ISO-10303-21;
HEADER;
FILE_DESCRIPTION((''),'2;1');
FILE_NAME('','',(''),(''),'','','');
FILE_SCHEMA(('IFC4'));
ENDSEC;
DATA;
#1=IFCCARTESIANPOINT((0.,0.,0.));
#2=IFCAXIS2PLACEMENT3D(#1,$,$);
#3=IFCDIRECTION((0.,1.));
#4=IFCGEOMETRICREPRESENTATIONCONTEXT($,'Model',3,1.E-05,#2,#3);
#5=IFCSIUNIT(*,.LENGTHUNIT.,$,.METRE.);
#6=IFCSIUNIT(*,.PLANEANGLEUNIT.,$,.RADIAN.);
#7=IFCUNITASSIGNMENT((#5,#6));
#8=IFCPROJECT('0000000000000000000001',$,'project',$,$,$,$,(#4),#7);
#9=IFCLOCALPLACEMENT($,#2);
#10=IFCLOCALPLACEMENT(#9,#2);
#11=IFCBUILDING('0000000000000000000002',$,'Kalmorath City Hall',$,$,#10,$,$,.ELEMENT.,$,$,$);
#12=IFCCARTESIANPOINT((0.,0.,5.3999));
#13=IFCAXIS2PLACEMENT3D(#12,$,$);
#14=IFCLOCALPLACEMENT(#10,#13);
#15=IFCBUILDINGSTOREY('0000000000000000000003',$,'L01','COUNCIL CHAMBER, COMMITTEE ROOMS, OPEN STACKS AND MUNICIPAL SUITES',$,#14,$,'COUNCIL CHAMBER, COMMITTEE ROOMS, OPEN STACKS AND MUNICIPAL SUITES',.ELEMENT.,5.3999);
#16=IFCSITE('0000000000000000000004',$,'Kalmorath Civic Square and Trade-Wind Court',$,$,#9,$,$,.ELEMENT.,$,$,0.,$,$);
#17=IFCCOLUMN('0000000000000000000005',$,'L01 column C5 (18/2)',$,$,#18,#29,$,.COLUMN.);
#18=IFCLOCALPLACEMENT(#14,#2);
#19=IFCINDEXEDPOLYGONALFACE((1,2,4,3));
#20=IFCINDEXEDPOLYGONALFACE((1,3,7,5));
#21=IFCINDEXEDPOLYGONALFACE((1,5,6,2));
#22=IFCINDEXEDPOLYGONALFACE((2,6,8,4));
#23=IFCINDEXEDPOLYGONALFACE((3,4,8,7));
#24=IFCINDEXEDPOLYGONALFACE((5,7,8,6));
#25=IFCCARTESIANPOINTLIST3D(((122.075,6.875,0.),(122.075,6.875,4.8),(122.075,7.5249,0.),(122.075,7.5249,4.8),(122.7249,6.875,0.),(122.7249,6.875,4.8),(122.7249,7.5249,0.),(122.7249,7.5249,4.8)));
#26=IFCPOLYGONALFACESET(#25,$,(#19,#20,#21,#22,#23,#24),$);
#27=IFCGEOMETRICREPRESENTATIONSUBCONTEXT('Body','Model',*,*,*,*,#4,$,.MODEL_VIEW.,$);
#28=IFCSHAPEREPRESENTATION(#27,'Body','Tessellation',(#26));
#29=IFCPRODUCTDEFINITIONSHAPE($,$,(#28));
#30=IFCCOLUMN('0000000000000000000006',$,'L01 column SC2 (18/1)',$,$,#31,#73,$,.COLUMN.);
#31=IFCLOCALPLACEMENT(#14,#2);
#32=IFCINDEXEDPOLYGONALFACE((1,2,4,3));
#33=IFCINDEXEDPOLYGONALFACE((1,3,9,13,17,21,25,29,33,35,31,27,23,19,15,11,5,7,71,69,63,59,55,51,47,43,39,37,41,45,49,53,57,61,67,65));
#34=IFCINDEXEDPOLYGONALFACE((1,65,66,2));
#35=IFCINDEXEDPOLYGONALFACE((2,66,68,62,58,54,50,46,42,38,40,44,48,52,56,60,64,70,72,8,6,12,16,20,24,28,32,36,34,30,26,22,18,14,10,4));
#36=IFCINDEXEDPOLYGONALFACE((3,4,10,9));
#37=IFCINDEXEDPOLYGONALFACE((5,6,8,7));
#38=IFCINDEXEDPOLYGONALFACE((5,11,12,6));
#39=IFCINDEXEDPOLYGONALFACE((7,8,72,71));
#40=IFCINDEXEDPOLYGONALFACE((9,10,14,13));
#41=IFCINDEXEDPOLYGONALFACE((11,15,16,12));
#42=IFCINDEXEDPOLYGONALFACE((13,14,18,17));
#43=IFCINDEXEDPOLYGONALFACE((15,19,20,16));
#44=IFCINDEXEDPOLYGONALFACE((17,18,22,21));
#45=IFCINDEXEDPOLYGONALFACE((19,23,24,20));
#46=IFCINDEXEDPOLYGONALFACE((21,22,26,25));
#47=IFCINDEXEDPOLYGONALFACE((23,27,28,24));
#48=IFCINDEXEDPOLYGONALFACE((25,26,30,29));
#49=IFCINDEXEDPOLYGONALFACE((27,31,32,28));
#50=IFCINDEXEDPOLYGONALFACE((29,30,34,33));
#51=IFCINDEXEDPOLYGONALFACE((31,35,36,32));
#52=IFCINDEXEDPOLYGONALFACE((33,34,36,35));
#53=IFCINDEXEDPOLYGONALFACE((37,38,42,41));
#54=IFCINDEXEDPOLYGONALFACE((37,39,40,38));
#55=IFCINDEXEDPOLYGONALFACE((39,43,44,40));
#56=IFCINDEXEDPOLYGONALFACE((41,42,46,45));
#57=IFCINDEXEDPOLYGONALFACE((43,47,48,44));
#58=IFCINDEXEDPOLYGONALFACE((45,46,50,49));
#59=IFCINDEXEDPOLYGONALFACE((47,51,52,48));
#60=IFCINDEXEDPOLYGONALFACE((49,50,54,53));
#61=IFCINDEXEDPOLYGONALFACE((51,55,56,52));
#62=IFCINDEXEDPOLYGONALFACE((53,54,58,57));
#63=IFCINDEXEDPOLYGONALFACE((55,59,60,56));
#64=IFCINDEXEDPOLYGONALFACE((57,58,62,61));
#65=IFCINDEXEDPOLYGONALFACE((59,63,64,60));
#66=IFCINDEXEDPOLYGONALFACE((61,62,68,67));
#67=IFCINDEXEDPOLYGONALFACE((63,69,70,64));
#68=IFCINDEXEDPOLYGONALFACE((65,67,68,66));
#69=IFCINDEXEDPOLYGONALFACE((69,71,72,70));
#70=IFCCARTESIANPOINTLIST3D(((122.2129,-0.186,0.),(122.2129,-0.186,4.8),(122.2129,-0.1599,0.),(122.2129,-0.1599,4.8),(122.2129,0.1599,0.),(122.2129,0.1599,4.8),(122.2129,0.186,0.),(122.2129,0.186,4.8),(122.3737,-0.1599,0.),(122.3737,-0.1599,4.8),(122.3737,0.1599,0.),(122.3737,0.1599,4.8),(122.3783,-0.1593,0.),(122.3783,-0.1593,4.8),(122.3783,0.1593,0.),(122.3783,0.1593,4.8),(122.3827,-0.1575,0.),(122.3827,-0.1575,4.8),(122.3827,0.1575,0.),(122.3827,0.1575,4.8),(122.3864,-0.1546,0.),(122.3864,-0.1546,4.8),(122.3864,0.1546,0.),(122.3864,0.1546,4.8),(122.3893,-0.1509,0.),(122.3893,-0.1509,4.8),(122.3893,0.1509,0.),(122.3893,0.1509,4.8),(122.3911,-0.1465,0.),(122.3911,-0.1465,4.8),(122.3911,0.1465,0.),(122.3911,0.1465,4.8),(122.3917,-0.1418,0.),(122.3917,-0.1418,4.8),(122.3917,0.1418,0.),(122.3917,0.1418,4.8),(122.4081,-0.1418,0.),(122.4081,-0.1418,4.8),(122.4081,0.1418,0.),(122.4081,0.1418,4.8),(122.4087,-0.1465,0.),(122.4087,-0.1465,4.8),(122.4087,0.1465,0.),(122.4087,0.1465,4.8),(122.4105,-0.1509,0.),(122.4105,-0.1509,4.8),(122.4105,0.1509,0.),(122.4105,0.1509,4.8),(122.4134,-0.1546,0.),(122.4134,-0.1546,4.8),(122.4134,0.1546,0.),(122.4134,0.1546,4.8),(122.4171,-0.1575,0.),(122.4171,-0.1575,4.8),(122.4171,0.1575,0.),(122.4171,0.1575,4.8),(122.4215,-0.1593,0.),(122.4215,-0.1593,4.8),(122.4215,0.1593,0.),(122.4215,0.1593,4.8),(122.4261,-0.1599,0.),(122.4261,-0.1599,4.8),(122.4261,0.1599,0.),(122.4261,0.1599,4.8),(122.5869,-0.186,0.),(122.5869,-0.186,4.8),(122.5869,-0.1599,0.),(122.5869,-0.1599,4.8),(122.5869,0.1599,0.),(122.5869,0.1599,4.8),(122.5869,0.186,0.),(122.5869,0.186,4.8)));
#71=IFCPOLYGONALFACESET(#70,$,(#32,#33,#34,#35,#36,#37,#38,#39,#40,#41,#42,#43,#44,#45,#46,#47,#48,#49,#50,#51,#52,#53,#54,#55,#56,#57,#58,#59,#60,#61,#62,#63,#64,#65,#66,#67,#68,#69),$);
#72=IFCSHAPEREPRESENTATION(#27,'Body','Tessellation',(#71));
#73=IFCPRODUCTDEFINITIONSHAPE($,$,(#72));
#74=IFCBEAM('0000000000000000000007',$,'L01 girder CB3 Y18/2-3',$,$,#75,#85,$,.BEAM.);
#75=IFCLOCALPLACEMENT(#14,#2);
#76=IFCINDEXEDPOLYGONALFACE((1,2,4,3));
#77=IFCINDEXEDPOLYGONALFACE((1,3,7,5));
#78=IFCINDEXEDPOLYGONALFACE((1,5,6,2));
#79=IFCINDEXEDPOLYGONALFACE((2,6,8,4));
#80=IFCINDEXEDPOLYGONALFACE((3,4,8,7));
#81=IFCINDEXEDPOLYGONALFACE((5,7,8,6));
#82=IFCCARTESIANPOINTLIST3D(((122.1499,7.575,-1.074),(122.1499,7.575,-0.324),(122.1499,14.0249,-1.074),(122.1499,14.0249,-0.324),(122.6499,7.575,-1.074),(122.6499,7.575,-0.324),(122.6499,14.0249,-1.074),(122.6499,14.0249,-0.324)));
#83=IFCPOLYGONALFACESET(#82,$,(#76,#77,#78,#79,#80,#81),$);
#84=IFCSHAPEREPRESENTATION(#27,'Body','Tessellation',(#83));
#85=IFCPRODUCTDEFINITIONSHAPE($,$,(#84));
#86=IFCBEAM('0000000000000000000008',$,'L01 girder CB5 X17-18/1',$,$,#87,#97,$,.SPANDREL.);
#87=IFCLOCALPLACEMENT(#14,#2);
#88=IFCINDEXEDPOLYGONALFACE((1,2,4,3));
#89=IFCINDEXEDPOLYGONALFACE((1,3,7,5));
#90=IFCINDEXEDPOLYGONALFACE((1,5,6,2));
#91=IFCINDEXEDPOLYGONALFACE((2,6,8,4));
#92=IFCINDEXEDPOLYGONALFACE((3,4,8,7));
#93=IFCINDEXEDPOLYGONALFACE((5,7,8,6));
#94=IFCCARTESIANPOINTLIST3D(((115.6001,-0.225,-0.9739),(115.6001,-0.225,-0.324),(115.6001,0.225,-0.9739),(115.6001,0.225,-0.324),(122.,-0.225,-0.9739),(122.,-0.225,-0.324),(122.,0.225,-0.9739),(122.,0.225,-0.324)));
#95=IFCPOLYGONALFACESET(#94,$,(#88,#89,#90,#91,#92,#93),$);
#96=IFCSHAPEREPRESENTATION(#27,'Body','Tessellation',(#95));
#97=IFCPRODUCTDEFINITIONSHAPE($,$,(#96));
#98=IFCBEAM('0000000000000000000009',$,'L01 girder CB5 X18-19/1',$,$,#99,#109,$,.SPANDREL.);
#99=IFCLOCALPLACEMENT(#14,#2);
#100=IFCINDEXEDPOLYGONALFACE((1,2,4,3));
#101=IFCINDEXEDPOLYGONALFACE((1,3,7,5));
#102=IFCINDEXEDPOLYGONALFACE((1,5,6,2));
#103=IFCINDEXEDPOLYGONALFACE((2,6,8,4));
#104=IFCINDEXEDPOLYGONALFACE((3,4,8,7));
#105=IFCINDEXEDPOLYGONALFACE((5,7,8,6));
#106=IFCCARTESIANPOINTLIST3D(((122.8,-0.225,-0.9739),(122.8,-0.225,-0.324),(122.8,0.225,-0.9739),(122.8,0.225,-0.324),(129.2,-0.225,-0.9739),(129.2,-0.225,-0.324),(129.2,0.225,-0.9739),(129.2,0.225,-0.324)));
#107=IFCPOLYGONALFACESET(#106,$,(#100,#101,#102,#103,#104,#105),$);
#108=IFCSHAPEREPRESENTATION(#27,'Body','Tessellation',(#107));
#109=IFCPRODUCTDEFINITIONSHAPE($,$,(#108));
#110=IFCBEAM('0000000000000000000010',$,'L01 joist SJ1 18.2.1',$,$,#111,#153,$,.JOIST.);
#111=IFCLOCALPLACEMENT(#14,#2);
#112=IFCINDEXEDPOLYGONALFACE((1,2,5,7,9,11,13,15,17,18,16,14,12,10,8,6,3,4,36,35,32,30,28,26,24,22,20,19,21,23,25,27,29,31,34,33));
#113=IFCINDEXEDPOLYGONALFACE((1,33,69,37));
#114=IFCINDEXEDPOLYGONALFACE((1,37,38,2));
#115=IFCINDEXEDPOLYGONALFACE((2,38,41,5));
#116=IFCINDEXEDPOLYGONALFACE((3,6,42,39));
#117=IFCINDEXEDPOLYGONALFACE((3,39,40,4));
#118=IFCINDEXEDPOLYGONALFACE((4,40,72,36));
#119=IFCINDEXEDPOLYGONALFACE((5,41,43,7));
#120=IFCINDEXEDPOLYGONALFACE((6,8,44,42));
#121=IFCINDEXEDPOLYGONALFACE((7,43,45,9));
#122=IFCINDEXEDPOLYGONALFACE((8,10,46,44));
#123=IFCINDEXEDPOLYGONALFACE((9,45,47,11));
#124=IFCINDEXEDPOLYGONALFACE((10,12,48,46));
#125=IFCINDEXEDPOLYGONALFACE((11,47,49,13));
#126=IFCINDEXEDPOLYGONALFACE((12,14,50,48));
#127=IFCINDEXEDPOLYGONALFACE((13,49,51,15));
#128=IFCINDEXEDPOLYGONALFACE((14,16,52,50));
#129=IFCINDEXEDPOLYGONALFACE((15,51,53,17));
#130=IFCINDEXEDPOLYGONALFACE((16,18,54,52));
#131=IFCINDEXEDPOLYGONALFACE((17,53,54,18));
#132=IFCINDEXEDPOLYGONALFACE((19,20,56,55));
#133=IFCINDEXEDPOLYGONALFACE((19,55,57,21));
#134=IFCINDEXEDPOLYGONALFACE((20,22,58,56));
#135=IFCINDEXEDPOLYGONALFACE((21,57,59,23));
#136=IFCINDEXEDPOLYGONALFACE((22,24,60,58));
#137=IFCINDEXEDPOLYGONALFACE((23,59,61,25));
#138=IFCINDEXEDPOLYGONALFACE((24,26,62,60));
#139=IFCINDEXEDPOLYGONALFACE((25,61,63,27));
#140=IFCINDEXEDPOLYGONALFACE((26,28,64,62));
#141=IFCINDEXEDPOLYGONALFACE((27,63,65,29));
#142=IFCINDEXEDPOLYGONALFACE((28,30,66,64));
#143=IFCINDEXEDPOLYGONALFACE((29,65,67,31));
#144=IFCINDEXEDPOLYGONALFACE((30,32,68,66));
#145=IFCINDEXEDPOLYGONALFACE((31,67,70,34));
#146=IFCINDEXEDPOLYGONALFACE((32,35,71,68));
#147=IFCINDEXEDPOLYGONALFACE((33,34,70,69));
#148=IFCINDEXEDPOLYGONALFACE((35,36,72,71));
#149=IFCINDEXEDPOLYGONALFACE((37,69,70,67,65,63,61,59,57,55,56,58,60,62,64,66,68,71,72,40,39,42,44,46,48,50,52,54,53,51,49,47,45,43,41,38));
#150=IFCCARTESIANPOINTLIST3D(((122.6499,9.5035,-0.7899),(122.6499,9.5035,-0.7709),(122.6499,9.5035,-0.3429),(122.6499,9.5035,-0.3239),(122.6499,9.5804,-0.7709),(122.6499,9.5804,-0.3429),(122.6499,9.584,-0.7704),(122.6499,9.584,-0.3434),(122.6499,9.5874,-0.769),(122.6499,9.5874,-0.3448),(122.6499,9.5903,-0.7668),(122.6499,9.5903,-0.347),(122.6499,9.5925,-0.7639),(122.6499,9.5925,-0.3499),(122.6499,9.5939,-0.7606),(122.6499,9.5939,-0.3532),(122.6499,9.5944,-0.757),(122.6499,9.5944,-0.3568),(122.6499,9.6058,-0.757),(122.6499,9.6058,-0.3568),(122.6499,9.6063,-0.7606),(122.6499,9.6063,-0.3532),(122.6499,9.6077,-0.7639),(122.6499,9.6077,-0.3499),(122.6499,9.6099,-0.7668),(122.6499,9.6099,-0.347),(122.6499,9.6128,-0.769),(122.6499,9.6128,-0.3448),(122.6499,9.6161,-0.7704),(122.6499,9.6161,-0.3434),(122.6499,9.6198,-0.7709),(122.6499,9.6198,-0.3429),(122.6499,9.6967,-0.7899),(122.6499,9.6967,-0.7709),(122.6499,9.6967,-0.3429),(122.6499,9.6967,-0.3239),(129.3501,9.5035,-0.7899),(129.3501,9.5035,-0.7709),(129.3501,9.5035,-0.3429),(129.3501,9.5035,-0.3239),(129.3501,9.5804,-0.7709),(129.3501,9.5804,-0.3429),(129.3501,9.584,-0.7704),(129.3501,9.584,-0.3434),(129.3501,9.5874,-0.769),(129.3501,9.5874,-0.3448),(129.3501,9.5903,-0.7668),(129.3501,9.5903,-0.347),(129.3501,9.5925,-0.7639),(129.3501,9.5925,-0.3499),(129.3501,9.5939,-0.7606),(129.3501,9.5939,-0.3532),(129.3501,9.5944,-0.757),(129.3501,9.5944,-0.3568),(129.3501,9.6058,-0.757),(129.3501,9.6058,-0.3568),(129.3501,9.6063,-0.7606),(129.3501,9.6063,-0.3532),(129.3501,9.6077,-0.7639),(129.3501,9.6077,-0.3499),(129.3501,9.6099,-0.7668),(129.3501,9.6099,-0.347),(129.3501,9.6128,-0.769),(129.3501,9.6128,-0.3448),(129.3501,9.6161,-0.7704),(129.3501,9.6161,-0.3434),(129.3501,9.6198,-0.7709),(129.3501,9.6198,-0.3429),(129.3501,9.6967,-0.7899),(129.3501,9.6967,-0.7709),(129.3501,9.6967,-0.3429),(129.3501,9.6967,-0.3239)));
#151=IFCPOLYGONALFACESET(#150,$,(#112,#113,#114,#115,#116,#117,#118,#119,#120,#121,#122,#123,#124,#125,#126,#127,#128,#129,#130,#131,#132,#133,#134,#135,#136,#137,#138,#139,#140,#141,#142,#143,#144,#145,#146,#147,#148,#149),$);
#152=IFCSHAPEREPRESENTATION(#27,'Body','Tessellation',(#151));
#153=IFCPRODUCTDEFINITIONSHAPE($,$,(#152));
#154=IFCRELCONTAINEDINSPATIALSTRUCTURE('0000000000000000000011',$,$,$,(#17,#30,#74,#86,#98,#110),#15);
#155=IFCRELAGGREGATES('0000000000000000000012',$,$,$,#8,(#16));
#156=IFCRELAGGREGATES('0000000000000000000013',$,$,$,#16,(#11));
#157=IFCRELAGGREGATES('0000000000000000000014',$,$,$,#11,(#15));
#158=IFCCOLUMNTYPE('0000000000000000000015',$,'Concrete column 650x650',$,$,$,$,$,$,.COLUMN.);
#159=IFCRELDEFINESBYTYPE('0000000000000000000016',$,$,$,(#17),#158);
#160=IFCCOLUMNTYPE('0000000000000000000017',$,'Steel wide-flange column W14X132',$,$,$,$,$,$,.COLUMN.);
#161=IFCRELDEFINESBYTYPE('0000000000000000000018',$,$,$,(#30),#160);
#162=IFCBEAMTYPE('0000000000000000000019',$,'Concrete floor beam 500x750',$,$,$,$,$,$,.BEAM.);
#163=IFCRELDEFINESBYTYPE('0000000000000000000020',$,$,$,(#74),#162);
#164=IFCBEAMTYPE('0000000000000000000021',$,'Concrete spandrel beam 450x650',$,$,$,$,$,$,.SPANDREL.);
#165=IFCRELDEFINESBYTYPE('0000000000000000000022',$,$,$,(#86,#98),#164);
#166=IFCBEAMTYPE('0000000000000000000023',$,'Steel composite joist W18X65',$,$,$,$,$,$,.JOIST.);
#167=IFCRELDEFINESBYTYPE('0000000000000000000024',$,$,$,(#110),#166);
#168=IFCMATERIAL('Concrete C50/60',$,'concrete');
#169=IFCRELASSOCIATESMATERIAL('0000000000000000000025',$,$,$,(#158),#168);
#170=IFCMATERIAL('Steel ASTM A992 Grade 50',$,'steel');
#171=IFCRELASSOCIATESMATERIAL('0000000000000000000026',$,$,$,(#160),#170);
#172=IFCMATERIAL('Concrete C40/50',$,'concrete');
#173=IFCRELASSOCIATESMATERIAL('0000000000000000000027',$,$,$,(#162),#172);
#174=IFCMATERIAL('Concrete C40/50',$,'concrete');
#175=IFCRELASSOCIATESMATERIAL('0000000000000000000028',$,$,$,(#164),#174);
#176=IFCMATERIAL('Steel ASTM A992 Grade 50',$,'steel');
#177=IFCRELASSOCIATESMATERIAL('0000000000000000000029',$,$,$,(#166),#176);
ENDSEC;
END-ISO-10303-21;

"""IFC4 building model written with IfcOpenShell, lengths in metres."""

from ifc_helpers import new_model, si_unit, direction, frame, origin, origin_2d, place, context, subcontext, project, spatial, rectangle, i_section, extrude, material, material_profile, profile_set, type_object, element, save


model = new_model("IFC4")

# Units and contexts
model_context = context("Model", 3, precision=1e-05, world=origin(), true_north=direction((0.0, 1.0)))
body_context = subcontext(model_context, "Body", "Model", "MODEL_VIEW")
ifc_project = project(units=[si_unit("LENGTHUNIT", "METRE"), si_unit("PLANEANGLEUNIT", "RADIAN")], contexts=[model_context])

# Site, building, storey
site_placement = place(None, origin())
site = spatial("IfcSite", under=ifc_project, at=site_placement, Name="Kalmorath Civic Square and Trade-Wind Court", CompositionType="ELEMENT", RefElevation=0.0)
building_placement = place(site_placement, origin())
building = spatial("IfcBuilding", under=site, at=building_placement, Name="Kalmorath City Hall", CompositionType="ELEMENT")
storey_placement = place(building_placement, frame((0.0, 0.0, 5.3999)))
storey = spatial("IfcBuildingStorey", under=building, at=storey_placement, Name="L01", Description="COUNCIL CHAMBER, COMMITTEE ROOMS, OPEN STACKS AND MUNICIPAL SUITES", LongName="COUNCIL CHAMBER, COMMITTEE ROOMS, OPEN STACKS AND MUNICIPAL SUITES", CompositionType="ELEMENT", Elevation=5.3999)

# Columns
ifc_material_1 = material(Name="Concrete C50/60", Category="concrete")
ifc_material_profile_1 = material_profile(ifc_material_1, rectangle(XDim=0.6499, YDim=0.6499, at=origin_2d()), Name="RC-COL-650X650")
ifc_profile_set_1 = profile_set([ifc_material_profile_1], Name="Concrete C50/60")
column_type_1 = type_object("IfcColumnType", Name="Concrete column 650x650", PredefinedType="COLUMN", material=ifc_profile_set_1)
column_1_placement = place(storey_placement, frame((122.3999, 7.2, 0.0), z_axis=(0.0, 0.0, 1.0), x_axis=(1.0, 0.0, 0.0)))
element("IfcColumn", 1, at=column_1_placement, inside=storey, type_object=column_type_1, Name="L01 column C5 (18/2)", PredefinedType="COLUMN", context=body_context, shape_type="SweptSolid", body=[
    extrude(rectangle(XDim=0.6499, YDim=0.6499, at=origin_2d()), origin(), (0.0, 0.0, 1.0), 4.8),
])
ifc_material_2 = material(Name="Steel ASTM A992 Grade 50", Category="steel")
ifc_material_profile_2 = material_profile(ifc_material_2, i_section(OverallWidth=0.374, OverallDepth=0.3721, WebThickness=0.0164, FlangeThickness=0.0261, FilletRadius=0.0181, at=origin_2d()), Name="W14X132")
ifc_profile_set_2 = profile_set([ifc_material_profile_2], Name="Steel ASTM A992 Grade 50")
column_type_2 = type_object("IfcColumnType", Name="Steel wide-flange column W14X132", PredefinedType="COLUMN", material=ifc_profile_set_2)
column_2_placement = place(storey_placement, frame((122.3999, 0.0, 0.0), z_axis=(0.0, 0.0, 1.0), x_axis=(1.0, 0.0, 0.0)))
element("IfcColumn", 2, at=column_2_placement, inside=storey, type_object=column_type_2, Name="L01 column SC2 (18/1)", PredefinedType="COLUMN", context=body_context, shape_type="SweptSolid", body=[
    extrude(i_section(OverallWidth=0.374, OverallDepth=0.3721, WebThickness=0.0164, FlangeThickness=0.0261, FilletRadius=0.0181, at=origin_2d()), origin(), (0.0, 0.0, 1.0), 4.8),
])

# Beams
ifc_material_3 = material(Name="Concrete C40/50", Category="concrete")
ifc_material_profile_3 = material_profile(ifc_material_3, rectangle(XDim=0.5, YDim=0.75, at=origin_2d()), Name="RC-BM-500X750")
ifc_profile_set_3 = profile_set([ifc_material_profile_3], Name="Concrete C40/50")
beam_type_1 = type_object("IfcBeamType", Name="Concrete floor beam 500x750", PredefinedType="BEAM", material=ifc_profile_set_3)
beam_1_placement = place(storey_placement, frame((122.3999, 7.575, -0.699), z_axis=(0.0, 1.0, 0.0), x_axis=(-1.0, 0.0, 0.0)))
element("IfcBeam", 3, at=beam_1_placement, inside=storey, type_object=beam_type_1, Name="L01 girder CB3 Y18/2-3", PredefinedType="BEAM", context=body_context, shape_type="SweptSolid", body=[
    extrude(rectangle(XDim=0.5, YDim=0.75, at=origin_2d()), origin(), (0.0, 0.0, 1.0), 6.45),
])
ifc_material_4 = material(Name="Concrete C40/50", Category="concrete")
ifc_material_profile_4 = material_profile(ifc_material_4, rectangle(XDim=0.45, YDim=0.6499, at=origin_2d()), Name="RC-BM-450X650")
ifc_profile_set_4 = profile_set([ifc_material_profile_4], Name="Concrete C40/50")
beam_type_2 = type_object("IfcBeamType", Name="Concrete spandrel beam 450x650", PredefinedType="SPANDREL", material=ifc_profile_set_4)
for number, where, z_axis, x_axis, name in (
    (4, (115.6001, 0.0, -0.6489), (1.0, 0.0, 0.0), (0.0, 1.0, 0.0), "L01 girder CB5 X17-18/1"),
    (5, (122.8, 0.0, -0.6489), (1.0, 0.0, 0.0), (0.0, 1.0, 0.0), "L01 girder CB5 X18-19/1"),
):
    element("IfcBeam", number, at=place(storey_placement, frame(where, z_axis=z_axis, x_axis=x_axis)), inside=storey, type_object=beam_type_2, Name=name, PredefinedType="SPANDREL", context=body_context, shape_type="SweptSolid", body=[
        extrude(rectangle(XDim=0.45, YDim=0.6499, at=origin_2d()), origin(), (0.0, 0.0, 1.0), 6.3999),
    ])
ifc_material_5 = material(Name="Steel ASTM A992 Grade 50", Category="steel")
ifc_material_profile_5 = material_profile(ifc_material_5, i_section(OverallWidth=0.1931, OverallDepth=0.4661, WebThickness=0.0115, FlangeThickness=0.019, FilletRadius=0.0139, at=origin_2d()), Name="W18X65")
ifc_profile_set_5 = profile_set([ifc_material_profile_5], Name="Steel ASTM A992 Grade 50")
beam_type_3 = type_object("IfcBeamType", Name="Steel composite joist W18X65", PredefinedType="JOIST", material=ifc_profile_set_5)
for number, where, z_axis, x_axis, name in (
    (6, (122.6499, 9.6001, -0.5569), (1.0, 0.0, 0.0), (0.0, 1.0, 0.0), "L01 joist SJ1 18.2.1"),
):
    element("IfcBeam", number, at=place(storey_placement, frame(where, z_axis=z_axis, x_axis=x_axis)), inside=storey, type_object=beam_type_3, Name=name, PredefinedType="JOIST", context=body_context, shape_type="SweptSolid", body=[
        extrude(i_section(OverallWidth=0.1931, OverallDepth=0.4661, WebThickness=0.0115, FlangeThickness=0.019, FilletRadius=0.0139, at=origin_2d()), origin(), (0.0, 0.0, 1.0), 6.7002),
    ])

save(model, "model.ifc")
